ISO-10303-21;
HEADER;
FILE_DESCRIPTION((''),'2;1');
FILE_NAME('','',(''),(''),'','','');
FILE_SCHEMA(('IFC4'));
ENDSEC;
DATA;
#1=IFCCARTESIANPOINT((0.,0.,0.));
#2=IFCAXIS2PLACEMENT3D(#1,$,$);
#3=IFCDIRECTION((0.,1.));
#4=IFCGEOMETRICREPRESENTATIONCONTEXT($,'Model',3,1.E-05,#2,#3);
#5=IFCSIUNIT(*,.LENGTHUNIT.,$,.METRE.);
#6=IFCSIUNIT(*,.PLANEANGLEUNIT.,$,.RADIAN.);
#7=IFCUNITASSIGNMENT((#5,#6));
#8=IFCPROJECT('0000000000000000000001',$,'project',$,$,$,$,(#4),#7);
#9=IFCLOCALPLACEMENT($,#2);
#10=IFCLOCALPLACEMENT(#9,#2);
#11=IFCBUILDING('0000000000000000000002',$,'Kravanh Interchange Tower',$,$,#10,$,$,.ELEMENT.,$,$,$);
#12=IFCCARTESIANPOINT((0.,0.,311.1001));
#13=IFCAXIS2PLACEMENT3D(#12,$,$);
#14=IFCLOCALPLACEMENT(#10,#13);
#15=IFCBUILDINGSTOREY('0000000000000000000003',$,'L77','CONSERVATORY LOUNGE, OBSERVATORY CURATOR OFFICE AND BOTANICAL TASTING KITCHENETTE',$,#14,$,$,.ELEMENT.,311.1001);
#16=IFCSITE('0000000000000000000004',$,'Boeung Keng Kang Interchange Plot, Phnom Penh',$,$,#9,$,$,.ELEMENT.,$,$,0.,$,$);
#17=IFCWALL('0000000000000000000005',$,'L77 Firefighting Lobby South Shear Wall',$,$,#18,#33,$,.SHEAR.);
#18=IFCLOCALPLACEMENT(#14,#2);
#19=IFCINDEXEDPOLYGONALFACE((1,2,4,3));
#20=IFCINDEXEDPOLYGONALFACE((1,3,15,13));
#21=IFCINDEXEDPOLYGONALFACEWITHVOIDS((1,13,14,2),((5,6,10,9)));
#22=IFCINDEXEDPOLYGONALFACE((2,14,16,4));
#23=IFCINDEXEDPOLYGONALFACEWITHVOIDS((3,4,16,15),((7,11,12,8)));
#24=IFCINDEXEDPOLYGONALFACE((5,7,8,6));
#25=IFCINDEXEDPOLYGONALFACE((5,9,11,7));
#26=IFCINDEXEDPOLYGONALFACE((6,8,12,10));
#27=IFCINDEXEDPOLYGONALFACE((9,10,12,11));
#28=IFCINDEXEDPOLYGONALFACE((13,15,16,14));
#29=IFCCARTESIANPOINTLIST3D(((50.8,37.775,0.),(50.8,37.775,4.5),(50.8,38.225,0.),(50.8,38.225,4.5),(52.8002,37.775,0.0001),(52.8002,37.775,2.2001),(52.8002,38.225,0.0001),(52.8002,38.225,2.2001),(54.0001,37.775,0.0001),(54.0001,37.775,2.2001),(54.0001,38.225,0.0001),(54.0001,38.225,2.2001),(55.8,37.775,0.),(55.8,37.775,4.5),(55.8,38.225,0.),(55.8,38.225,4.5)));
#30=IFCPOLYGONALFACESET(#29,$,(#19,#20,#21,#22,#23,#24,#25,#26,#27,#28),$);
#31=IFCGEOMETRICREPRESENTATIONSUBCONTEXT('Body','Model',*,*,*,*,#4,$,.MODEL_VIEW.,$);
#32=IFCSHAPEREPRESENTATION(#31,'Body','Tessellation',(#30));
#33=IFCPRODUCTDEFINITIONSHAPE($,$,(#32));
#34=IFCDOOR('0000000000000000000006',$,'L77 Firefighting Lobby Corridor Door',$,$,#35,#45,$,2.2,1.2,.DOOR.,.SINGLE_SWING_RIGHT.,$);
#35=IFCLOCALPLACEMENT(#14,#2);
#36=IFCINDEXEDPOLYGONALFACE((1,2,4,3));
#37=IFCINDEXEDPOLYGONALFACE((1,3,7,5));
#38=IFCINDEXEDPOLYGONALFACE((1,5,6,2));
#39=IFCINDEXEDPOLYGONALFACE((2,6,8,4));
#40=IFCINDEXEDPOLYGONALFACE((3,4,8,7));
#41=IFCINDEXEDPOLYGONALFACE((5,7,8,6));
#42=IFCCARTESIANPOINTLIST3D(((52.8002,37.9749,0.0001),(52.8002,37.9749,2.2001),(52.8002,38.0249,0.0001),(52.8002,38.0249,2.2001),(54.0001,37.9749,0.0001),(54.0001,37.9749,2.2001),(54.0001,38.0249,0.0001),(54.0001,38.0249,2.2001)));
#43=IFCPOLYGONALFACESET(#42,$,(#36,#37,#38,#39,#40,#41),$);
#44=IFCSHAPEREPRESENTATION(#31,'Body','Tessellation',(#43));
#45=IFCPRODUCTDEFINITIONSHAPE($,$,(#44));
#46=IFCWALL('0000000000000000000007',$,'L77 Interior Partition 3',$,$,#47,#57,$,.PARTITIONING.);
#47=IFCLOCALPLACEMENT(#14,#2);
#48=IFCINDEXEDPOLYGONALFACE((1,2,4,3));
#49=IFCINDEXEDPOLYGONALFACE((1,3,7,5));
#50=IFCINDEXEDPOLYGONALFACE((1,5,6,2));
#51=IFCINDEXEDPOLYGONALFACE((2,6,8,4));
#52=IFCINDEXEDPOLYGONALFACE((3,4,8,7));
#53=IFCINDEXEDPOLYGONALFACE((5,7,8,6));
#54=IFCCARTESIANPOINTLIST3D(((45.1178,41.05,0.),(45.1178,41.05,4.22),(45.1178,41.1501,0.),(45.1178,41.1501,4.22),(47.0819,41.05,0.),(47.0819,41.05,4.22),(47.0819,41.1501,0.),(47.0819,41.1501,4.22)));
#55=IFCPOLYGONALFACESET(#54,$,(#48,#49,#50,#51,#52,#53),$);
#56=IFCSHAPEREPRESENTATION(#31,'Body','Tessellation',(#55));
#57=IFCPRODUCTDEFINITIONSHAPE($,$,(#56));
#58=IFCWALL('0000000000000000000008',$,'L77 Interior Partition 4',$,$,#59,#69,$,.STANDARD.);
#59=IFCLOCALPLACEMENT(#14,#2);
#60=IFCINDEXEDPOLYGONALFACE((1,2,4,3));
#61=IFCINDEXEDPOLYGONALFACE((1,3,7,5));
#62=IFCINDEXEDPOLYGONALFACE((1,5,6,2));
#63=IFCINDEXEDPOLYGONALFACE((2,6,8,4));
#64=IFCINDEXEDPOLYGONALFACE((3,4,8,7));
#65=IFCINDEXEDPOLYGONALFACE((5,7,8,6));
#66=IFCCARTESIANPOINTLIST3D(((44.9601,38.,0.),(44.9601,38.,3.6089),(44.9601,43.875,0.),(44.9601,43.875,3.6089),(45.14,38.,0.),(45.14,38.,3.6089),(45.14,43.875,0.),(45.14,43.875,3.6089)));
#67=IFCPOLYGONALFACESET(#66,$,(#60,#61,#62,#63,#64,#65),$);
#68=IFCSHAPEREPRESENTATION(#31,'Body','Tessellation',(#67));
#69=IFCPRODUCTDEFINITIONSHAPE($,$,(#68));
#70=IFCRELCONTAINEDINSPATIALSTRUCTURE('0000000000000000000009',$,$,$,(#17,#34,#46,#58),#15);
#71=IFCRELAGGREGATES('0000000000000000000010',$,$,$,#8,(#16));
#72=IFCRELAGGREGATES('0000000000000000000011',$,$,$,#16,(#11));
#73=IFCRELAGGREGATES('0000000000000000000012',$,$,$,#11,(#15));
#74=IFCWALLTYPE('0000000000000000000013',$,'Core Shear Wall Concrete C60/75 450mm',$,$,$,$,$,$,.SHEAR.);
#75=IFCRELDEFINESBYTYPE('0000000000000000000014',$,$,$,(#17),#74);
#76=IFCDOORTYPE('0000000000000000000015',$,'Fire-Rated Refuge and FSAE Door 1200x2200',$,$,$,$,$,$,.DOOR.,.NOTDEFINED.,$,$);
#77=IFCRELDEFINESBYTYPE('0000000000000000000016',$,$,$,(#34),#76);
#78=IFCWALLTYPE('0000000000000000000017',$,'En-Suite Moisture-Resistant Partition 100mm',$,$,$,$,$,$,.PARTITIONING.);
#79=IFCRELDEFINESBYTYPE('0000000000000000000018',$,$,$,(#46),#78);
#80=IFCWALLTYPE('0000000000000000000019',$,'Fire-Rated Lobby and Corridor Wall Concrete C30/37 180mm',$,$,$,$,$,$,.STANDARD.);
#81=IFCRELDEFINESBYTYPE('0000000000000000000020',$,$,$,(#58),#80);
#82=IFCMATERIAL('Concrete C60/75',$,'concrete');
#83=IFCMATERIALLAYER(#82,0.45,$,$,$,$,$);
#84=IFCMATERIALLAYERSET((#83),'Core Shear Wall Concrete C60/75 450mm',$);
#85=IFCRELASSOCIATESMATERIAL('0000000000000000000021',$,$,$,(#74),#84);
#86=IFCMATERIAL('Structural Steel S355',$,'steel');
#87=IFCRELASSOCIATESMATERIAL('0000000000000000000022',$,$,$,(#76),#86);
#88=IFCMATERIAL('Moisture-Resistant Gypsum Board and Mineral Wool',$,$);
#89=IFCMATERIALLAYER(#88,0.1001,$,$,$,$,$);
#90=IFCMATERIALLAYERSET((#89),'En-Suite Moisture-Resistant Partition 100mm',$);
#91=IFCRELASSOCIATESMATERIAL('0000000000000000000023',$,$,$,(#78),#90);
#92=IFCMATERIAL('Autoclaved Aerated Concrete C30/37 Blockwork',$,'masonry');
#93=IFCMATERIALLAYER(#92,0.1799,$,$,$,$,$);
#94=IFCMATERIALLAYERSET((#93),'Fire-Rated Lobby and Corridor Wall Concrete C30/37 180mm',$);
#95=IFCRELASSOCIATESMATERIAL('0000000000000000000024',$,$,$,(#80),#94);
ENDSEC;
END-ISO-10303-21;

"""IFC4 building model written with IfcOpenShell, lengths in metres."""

from ifc_helpers import new_model, si_unit, direction, frame, frame_2d, origin, place, context, subcontext, project, spatial, rectangle, extrude, material, layer, layer_set, type_object, element, fill, save


model = new_model("IFC4")

# Units and contexts
model_context = context("Model", 3, precision=1e-05, world=origin(), true_north=direction((0.0, 1.0)))
body_context = subcontext(model_context, "Body", "Model", "MODEL_VIEW")
ifc_project = project(units=[si_unit("LENGTHUNIT", "METRE"), si_unit("PLANEANGLEUNIT", "RADIAN")], contexts=[model_context])

# Site, building, storey
site_placement = place(None, origin())
site = spatial("IfcSite", under=ifc_project, at=site_placement, Name="Boeung Keng Kang Interchange Plot, Phnom Penh", CompositionType="ELEMENT", RefElevation=0.0)
building_placement = place(site_placement, origin())
building = spatial("IfcBuilding", under=site, at=building_placement, Name="Kravanh Interchange Tower", CompositionType="ELEMENT")
storey_placement = place(building_placement, frame((0.0, 0.0, 311.1001)))
storey = spatial("IfcBuildingStorey", under=building, at=storey_placement, Name="L77", Description="CONSERVATORY LOUNGE, OBSERVATORY CURATOR OFFICE AND BOTANICAL TASTING KITCHENETTE", CompositionType="ELEMENT", Elevation=311.1001)

# Shared definitions
ifc_material_1 = material(Name="Concrete C60/75", Category="concrete")
ifc_layer_1 = layer(ifc_material_1, 0.45)
ifc_layer_set_1 = layer_set([ifc_layer_1], Name="Core Shear Wall Concrete C60/75 450mm")
wall_type_1 = type_object("IfcWallType", Name="Core Shear Wall Concrete C60/75 450mm", PredefinedType="SHEAR", material=ifc_layer_set_1)

# Wall, opening, door
wall_1_placement = place(storey_placement, frame((50.8, 38.0, 0.0), z_axis=(0.0, 0.0, 1.0), x_axis=(1.0, 0.0, 0.0)))
wall_1 = element("IfcWall", 1, at=wall_1_placement, inside=storey, type_object=wall_type_1, Name="L77 Firefighting Lobby South Shear Wall", PredefinedType="SHEAR", context=body_context, shape_type="SweptSolid", body=[
    extrude(rectangle(XDim=5.0, YDim=0.45, at=frame_2d((2.5, 0.0))), origin(), (0.0, 0.0, 1.0), 4.5),
])
opening_1_placement = place(wall_1_placement, frame((2.0, 0.0, 0.0)))
opening_1 = element("IfcOpeningElement", 2, at=opening_1_placement, cuts=wall_1, PredefinedType="OPENING", context=body_context, shape_type="SweptSolid", body=[
    extrude(rectangle(XDim=1.2, YDim=2.2, at=frame_2d((0.6001, 1.1001))), frame((0.0, 0.2349, 0.0), z_axis=(0.0, -1.0, 0.0), x_axis=(1.0, 0.0, 0.0)), (0.0, 0.0, 1.0), 0.47),
])
ifc_material_2 = material(Name="Structural Steel S355", Category="steel")
door_type_1 = type_object("IfcDoorType", Name="Fire-Rated Refuge and FSAE Door 1200x2200", OperationType="NOTDEFINED", PredefinedType="DOOR", material=ifc_material_2)
door_1_placement = place(opening_1_placement, origin())
door_1 = element("IfcDoor", 3, at=door_1_placement, inside=storey, type_object=door_type_1, Name="L77 Firefighting Lobby Corridor Door", OperationType="SINGLE_SWING_RIGHT", OverallHeight=2.2, OverallWidth=1.2, PredefinedType="DOOR", context=body_context, shape_type="SweptSolid", body=[
    extrude(rectangle(XDim=1.2, YDim=2.2, at=frame_2d((0.6001, 1.1001))), frame((0.0, 0.0249, 0.0), z_axis=(0.0, -1.0, 0.0), x_axis=(1.0, 0.0, 0.0)), (0.0, 0.0, 1.0), 0.05),
])
fill(opening_1, door_1)

# Walls
ifc_material_3 = material(Name="Moisture-Resistant Gypsum Board and Mineral Wool")
ifc_layer_2 = layer(ifc_material_3, 0.1001)
ifc_layer_set_2 = layer_set([ifc_layer_2], Name="En-Suite Moisture-Resistant Partition 100mm")
wall_type_2 = type_object("IfcWallType", Name="En-Suite Moisture-Resistant Partition 100mm", PredefinedType="PARTITIONING", material=ifc_layer_set_2)
wall_2_placement = place(storey_placement, frame((45.1179, 41.1001, 0.0), z_axis=(0.0, 0.0, 1.0), x_axis=(1.0, 0.0, 0.0)))
element("IfcWall", 4, at=wall_2_placement, inside=storey, type_object=wall_type_2, Name="L77 Interior Partition 3", PredefinedType="PARTITIONING", context=body_context, shape_type="SweptSolid", body=[
    extrude(rectangle(XDim=1.9641, YDim=0.1001, at=frame_2d((0.9819, 0.0))), origin(), (0.0, 0.0, 1.0), 4.22),
])
ifc_material_4 = material(Name="Autoclaved Aerated Concrete C30/37 Blockwork", Category="masonry")
ifc_layer_3 = layer(ifc_material_4, 0.1799)
ifc_layer_set_3 = layer_set([ifc_layer_3], Name="Fire-Rated Lobby and Corridor Wall Concrete C30/37 180mm")
wall_type_3 = type_object("IfcWallType", Name="Fire-Rated Lobby and Corridor Wall Concrete C30/37 180mm", PredefinedType="STANDARD", material=ifc_layer_set_3)
wall_3_placement = place(storey_placement, frame((45.05, 38.0, 0.0), z_axis=(0.0, 0.0, 1.0), x_axis=(0.0, 1.0, 0.0)))
element("IfcWall", 5, at=wall_3_placement, inside=storey, type_object=wall_type_3, Name="L77 Interior Partition 4", PredefinedType="STANDARD", context=body_context, shape_type="SweptSolid", body=[
    extrude(rectangle(XDim=5.875, YDim=0.1799, at=frame_2d((2.9375, 0.0))), origin(), (0.0, 0.0, 1.0), 3.6089),
])

save(model, "model.ifc")
